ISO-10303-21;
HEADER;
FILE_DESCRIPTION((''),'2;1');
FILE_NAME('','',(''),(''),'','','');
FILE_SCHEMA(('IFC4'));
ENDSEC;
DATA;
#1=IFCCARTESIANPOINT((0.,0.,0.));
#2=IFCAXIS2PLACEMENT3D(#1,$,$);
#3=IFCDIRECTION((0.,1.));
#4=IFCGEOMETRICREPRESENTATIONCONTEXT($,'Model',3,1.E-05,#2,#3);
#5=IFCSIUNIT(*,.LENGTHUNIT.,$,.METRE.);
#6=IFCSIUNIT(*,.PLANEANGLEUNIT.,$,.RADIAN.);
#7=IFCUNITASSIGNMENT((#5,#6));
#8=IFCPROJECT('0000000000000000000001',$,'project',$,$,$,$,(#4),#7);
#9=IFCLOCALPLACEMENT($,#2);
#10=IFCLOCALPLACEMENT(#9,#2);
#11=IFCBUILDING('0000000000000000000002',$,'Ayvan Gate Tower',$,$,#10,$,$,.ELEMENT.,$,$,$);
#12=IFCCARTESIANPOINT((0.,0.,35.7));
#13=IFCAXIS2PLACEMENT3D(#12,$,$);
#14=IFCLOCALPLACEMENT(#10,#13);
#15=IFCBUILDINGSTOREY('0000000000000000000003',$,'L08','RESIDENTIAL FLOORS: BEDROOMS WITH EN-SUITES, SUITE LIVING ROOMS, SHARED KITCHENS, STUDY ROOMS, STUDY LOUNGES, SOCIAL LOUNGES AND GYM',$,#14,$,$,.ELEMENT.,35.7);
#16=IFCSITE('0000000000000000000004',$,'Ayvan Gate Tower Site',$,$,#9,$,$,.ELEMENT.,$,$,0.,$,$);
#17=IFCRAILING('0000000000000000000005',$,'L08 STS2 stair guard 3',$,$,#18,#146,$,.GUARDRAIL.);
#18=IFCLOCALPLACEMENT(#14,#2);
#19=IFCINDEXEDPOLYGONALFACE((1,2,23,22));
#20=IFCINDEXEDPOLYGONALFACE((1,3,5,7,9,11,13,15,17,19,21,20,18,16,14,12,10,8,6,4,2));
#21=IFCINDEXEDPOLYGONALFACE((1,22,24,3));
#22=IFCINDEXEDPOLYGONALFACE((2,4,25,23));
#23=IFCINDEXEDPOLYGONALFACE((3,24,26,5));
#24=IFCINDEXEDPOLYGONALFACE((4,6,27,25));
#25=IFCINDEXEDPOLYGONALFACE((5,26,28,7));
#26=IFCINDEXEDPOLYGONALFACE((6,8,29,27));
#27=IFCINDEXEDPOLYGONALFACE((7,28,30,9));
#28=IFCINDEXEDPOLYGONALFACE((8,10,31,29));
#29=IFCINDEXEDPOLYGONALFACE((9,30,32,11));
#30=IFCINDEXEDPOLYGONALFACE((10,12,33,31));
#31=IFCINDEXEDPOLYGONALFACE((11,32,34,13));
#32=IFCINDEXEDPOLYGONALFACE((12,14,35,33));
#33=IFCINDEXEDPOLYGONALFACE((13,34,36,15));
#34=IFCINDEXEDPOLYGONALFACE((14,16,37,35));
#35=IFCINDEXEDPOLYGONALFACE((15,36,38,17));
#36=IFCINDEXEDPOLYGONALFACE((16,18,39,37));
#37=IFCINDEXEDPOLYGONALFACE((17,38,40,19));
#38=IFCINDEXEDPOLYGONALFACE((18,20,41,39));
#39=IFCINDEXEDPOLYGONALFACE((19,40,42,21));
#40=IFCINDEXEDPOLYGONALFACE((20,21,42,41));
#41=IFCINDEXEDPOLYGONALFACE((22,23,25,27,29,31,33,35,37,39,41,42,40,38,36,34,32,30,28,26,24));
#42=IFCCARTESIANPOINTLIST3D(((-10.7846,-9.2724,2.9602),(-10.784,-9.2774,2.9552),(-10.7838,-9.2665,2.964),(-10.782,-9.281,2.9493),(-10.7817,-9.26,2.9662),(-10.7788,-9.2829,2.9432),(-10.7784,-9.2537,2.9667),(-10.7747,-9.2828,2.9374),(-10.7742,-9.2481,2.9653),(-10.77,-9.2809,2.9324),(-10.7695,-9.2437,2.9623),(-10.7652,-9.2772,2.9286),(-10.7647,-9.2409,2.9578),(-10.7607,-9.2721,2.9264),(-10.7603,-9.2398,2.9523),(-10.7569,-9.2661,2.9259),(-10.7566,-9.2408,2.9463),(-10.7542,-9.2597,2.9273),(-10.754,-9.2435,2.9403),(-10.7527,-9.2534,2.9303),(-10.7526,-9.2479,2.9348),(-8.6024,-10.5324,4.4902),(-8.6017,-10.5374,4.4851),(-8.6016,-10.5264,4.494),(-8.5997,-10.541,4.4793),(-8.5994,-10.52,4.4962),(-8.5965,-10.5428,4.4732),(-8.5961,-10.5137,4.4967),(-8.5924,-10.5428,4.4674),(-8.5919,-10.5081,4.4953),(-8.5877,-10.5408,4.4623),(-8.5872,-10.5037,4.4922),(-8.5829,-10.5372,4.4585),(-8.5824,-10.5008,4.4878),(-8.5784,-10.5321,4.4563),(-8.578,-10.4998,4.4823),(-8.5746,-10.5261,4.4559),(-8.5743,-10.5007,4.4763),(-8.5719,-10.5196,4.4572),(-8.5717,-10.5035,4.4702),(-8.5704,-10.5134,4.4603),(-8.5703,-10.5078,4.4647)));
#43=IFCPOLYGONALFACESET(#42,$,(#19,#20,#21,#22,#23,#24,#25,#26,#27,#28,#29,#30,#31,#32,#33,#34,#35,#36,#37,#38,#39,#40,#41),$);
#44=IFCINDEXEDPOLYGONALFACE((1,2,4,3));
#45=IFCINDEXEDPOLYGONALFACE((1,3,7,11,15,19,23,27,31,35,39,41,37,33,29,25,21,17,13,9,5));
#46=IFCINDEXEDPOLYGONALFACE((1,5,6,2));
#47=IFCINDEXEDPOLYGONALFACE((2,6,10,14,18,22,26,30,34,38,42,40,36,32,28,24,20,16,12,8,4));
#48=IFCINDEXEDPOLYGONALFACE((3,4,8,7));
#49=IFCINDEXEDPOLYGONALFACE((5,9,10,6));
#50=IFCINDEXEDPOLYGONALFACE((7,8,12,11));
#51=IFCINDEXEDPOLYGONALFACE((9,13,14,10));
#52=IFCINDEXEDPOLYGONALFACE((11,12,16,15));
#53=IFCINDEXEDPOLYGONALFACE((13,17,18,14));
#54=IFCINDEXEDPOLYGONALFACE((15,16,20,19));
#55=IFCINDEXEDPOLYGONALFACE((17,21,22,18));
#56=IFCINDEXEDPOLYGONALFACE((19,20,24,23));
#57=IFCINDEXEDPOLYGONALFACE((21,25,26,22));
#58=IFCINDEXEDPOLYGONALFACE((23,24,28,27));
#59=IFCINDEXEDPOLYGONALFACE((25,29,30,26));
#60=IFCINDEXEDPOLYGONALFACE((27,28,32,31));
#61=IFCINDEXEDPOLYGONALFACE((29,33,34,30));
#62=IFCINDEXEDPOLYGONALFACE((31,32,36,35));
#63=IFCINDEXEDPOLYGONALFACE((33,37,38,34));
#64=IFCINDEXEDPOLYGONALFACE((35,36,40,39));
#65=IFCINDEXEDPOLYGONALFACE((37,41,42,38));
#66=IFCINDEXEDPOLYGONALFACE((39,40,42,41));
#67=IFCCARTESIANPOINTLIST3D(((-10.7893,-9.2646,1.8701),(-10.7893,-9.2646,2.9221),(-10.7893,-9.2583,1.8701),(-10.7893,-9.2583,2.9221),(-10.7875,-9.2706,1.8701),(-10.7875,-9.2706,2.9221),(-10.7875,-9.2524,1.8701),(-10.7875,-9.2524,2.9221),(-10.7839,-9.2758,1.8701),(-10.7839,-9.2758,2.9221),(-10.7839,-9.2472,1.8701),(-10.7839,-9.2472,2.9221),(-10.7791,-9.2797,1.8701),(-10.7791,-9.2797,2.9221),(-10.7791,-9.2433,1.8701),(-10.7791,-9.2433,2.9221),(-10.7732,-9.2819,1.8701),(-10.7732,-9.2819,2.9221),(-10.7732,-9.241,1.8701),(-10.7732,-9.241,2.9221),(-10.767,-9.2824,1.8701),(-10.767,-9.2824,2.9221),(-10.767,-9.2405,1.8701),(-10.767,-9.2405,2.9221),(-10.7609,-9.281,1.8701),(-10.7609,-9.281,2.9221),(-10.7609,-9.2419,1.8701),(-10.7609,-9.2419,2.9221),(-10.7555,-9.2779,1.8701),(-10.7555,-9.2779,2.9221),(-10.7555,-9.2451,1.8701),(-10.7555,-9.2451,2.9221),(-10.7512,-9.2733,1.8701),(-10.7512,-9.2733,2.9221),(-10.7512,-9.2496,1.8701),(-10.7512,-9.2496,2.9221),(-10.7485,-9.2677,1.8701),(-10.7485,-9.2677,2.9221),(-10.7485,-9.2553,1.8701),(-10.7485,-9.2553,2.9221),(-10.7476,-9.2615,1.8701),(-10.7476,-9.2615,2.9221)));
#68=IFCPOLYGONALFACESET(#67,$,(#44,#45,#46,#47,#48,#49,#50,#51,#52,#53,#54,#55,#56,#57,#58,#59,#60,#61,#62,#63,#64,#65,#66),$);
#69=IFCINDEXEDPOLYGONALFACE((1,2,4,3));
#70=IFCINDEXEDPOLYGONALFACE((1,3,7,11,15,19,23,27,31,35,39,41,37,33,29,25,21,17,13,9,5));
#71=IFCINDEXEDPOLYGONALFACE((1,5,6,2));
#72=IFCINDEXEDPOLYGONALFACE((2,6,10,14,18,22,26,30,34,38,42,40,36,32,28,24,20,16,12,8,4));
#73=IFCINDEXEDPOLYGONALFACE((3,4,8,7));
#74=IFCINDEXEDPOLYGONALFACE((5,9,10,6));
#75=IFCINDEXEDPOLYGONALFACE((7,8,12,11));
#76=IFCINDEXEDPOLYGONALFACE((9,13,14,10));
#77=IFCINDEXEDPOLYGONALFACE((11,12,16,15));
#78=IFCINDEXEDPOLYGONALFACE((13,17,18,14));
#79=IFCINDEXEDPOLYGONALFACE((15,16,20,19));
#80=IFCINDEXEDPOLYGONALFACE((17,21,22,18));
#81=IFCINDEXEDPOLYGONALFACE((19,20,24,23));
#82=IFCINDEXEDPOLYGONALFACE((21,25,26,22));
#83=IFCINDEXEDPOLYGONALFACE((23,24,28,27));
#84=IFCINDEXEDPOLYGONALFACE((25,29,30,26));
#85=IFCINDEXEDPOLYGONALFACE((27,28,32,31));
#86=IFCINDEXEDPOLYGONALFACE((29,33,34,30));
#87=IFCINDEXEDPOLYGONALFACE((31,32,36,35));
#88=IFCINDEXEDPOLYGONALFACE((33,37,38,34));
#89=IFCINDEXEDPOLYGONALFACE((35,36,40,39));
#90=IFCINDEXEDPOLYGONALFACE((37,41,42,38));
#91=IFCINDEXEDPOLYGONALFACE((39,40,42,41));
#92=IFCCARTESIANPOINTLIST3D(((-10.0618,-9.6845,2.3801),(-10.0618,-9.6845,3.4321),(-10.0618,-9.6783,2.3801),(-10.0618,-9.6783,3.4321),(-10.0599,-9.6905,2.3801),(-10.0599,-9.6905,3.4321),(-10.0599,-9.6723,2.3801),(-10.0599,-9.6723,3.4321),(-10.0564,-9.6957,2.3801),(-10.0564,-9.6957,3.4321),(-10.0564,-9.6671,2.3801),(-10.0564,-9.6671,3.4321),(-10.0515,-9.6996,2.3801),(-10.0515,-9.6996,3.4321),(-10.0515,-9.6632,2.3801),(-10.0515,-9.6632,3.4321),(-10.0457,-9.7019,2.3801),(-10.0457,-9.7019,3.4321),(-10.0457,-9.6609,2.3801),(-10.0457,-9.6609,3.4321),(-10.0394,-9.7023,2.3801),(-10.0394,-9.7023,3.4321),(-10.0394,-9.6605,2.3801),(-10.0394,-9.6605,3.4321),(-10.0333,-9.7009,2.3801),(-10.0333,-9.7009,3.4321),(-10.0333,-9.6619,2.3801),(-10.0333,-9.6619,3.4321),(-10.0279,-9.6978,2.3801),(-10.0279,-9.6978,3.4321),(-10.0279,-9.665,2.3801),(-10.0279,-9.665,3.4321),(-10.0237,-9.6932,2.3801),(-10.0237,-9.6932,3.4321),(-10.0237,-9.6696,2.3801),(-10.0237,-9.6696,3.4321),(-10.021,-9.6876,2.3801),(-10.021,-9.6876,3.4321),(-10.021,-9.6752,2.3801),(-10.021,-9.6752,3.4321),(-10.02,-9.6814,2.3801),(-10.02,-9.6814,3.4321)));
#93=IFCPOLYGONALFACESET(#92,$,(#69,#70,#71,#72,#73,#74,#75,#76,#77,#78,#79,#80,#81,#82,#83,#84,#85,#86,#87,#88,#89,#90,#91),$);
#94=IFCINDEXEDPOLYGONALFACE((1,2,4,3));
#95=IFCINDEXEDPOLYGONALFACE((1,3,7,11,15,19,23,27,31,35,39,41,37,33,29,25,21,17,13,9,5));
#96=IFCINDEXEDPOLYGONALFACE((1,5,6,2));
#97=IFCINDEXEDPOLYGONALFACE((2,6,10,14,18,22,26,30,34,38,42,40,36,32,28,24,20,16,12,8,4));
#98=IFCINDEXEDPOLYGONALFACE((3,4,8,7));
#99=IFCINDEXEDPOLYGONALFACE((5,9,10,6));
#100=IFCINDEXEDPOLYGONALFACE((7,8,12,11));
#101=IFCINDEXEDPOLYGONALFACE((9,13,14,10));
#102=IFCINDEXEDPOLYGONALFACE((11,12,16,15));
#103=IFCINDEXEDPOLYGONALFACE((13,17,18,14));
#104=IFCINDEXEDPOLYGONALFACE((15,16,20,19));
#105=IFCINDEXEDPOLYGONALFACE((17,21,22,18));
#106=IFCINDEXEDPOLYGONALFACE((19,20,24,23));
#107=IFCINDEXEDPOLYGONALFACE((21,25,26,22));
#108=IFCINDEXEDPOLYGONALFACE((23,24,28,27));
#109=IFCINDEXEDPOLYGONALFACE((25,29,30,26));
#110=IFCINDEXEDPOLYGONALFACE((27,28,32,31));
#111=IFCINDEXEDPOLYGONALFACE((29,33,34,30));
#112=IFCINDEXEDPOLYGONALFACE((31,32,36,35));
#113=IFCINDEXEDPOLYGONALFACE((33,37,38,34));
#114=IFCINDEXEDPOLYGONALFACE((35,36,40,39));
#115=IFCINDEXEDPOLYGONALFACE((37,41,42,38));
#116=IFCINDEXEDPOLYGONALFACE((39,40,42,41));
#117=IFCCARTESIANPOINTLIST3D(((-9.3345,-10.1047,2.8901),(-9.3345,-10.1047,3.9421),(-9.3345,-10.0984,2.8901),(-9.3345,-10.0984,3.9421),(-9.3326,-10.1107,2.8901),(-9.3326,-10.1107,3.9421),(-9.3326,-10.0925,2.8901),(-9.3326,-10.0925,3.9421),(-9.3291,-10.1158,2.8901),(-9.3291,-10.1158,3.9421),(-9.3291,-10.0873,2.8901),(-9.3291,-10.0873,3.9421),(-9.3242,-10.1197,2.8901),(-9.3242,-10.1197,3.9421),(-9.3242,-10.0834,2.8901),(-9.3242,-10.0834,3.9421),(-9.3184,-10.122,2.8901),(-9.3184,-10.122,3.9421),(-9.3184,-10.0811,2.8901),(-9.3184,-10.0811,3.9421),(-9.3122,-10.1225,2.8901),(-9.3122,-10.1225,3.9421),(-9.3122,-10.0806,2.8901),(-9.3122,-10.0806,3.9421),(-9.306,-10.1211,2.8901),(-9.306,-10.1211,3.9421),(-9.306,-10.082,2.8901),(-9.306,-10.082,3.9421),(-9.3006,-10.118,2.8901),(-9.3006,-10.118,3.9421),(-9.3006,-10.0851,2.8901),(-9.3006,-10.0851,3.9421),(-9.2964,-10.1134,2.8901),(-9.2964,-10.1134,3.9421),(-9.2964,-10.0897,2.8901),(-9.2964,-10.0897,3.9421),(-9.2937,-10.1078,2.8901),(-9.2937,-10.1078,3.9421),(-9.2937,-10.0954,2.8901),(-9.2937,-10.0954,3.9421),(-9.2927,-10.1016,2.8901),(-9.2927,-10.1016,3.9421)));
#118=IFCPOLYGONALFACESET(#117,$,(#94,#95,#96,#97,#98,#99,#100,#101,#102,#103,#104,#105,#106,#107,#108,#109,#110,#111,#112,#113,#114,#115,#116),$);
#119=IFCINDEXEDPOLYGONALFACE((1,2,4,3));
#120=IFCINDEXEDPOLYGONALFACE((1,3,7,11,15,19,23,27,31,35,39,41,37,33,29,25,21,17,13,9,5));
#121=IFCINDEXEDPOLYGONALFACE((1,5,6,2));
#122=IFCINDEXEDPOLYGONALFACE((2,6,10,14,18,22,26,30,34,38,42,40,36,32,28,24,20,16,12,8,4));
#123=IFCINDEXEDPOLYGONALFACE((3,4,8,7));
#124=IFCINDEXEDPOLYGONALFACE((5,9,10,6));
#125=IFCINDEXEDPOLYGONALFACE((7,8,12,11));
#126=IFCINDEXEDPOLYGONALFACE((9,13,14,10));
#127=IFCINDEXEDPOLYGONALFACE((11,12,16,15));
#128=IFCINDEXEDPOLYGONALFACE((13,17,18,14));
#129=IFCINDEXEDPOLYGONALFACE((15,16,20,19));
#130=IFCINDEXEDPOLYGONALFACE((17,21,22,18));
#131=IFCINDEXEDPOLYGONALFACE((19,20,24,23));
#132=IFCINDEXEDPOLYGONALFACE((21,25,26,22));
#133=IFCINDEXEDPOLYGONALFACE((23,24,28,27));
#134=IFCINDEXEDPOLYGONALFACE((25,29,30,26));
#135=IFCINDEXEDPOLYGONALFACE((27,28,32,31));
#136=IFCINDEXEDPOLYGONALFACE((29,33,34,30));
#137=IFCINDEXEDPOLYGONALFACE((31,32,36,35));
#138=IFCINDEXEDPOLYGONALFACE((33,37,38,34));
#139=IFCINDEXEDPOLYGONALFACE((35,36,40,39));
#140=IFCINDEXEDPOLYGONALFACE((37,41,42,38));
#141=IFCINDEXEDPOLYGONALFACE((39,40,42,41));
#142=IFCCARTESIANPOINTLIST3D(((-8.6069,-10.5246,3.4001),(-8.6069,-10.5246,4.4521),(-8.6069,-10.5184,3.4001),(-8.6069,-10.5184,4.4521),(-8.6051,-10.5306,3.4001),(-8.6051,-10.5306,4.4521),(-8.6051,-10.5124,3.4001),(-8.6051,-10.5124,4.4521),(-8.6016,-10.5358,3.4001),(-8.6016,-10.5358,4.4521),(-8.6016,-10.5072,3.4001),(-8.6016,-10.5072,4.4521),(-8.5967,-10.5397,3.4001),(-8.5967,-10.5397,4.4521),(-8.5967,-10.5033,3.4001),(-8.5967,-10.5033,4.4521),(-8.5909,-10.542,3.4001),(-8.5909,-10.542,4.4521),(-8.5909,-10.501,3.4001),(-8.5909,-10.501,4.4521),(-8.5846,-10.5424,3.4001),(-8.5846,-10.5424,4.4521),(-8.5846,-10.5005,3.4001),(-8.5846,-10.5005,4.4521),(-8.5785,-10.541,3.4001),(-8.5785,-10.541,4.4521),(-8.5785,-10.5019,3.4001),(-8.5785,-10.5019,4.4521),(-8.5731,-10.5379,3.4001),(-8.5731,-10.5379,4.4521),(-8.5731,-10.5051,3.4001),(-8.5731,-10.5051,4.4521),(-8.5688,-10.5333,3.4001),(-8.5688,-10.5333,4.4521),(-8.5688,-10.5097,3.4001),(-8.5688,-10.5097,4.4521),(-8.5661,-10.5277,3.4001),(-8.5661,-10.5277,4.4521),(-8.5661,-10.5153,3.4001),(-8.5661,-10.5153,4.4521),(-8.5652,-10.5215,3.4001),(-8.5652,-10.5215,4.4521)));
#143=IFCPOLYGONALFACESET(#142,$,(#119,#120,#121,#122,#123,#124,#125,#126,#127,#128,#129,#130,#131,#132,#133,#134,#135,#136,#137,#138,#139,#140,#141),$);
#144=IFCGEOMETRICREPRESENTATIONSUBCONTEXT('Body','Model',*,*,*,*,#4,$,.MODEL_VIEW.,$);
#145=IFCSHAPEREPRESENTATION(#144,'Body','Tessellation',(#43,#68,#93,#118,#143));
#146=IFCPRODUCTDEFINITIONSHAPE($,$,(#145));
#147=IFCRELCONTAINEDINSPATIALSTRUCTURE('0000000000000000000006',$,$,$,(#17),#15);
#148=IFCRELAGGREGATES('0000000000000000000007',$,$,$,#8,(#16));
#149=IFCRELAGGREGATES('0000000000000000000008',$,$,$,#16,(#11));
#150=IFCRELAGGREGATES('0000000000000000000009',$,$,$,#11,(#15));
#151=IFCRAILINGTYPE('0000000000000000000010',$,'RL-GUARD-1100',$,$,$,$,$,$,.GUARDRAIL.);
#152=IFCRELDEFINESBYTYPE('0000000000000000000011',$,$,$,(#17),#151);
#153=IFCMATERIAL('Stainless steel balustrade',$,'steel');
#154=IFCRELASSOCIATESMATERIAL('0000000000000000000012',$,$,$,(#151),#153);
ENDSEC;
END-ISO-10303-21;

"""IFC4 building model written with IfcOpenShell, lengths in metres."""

from ifc_helpers import new_model, si_unit, direction, frame, origin, origin_2d, place, context, subcontext, project, spatial, circle, extrude, material, type_object, element, save


model = new_model("IFC4")

# Units and contexts
model_context = context("Model", 3, precision=1e-05, world=origin(), true_north=direction((0.0, 1.0)))
body_context = subcontext(model_context, "Body", "Model", "MODEL_VIEW")
ifc_project = project(units=[si_unit("LENGTHUNIT", "METRE"), si_unit("PLANEANGLEUNIT", "RADIAN")], contexts=[model_context])

# Site, building, storey
site_placement = place(None, origin())
site = spatial("IfcSite", under=ifc_project, at=site_placement, Name="Ayvan Gate Tower Site", CompositionType="ELEMENT", RefElevation=0.0)
building_placement = place(site_placement, origin())
building = spatial("IfcBuilding", under=site, at=building_placement, Name="Ayvan Gate Tower", CompositionType="ELEMENT")
storey_placement = place(building_placement, frame((0.0, 0.0, 35.7)))
storey = spatial("IfcBuildingStorey", under=building, at=storey_placement, Name="L08", Description="RESIDENTIAL FLOORS: BEDROOMS WITH EN-SUITES, SUITE LIVING ROOMS, SHARED KITCHENS, STUDY ROOMS, STUDY LOUNGES, SOCIAL LOUNGES AND GYM", CompositionType="ELEMENT", Elevation=35.7)

# Railing
ifc_material_1 = material(Name="Stainless steel balustrade", Category="steel")
railing_type_1 = type_object("IfcRailingType", Name="RL-GUARD-1100", PredefinedType="GUARDRAIL", material=ifc_material_1)
railing_1_placement = place(storey_placement, frame((-10.7686, -9.2615, 1.8701)))
element("IfcRailing", 1, at=railing_1_placement, inside=storey, type_object=railing_type_1, Name="L08 STS2 stair guard 3", PredefinedType="GUARDRAIL", context=body_context, shape_type="SweptSolid", body=[
    extrude(circle(Radius=0.0239, at=origin_2d()), frame((0.0, 0.0, 1.0762), z_axis=(0.740261, -0.427395, 0.518986), x_axis=(0.500005, 0.866023, 0.0)), (0.0, 0.0, 1.0), 2.948),
    extrude(circle(Radius=0.021, at=origin_2d()), origin(), (0.0, 0.0, 1.0), 1.052),
    extrude(circle(Radius=0.021, at=origin_2d()), frame((0.7275, -0.4199, 0.51)), (0.0, 0.0, 1.0), 1.052),
    extrude(circle(Radius=0.021, at=origin_2d()), frame((1.4548, -0.8401, 1.02)), (0.0, 0.0, 1.0), 1.052),
    extrude(circle(Radius=0.021, at=origin_2d()), frame((2.1824, -1.26, 1.53)), (0.0, 0.0, 1.0), 1.052),
])

save(model, "model.ifc")
